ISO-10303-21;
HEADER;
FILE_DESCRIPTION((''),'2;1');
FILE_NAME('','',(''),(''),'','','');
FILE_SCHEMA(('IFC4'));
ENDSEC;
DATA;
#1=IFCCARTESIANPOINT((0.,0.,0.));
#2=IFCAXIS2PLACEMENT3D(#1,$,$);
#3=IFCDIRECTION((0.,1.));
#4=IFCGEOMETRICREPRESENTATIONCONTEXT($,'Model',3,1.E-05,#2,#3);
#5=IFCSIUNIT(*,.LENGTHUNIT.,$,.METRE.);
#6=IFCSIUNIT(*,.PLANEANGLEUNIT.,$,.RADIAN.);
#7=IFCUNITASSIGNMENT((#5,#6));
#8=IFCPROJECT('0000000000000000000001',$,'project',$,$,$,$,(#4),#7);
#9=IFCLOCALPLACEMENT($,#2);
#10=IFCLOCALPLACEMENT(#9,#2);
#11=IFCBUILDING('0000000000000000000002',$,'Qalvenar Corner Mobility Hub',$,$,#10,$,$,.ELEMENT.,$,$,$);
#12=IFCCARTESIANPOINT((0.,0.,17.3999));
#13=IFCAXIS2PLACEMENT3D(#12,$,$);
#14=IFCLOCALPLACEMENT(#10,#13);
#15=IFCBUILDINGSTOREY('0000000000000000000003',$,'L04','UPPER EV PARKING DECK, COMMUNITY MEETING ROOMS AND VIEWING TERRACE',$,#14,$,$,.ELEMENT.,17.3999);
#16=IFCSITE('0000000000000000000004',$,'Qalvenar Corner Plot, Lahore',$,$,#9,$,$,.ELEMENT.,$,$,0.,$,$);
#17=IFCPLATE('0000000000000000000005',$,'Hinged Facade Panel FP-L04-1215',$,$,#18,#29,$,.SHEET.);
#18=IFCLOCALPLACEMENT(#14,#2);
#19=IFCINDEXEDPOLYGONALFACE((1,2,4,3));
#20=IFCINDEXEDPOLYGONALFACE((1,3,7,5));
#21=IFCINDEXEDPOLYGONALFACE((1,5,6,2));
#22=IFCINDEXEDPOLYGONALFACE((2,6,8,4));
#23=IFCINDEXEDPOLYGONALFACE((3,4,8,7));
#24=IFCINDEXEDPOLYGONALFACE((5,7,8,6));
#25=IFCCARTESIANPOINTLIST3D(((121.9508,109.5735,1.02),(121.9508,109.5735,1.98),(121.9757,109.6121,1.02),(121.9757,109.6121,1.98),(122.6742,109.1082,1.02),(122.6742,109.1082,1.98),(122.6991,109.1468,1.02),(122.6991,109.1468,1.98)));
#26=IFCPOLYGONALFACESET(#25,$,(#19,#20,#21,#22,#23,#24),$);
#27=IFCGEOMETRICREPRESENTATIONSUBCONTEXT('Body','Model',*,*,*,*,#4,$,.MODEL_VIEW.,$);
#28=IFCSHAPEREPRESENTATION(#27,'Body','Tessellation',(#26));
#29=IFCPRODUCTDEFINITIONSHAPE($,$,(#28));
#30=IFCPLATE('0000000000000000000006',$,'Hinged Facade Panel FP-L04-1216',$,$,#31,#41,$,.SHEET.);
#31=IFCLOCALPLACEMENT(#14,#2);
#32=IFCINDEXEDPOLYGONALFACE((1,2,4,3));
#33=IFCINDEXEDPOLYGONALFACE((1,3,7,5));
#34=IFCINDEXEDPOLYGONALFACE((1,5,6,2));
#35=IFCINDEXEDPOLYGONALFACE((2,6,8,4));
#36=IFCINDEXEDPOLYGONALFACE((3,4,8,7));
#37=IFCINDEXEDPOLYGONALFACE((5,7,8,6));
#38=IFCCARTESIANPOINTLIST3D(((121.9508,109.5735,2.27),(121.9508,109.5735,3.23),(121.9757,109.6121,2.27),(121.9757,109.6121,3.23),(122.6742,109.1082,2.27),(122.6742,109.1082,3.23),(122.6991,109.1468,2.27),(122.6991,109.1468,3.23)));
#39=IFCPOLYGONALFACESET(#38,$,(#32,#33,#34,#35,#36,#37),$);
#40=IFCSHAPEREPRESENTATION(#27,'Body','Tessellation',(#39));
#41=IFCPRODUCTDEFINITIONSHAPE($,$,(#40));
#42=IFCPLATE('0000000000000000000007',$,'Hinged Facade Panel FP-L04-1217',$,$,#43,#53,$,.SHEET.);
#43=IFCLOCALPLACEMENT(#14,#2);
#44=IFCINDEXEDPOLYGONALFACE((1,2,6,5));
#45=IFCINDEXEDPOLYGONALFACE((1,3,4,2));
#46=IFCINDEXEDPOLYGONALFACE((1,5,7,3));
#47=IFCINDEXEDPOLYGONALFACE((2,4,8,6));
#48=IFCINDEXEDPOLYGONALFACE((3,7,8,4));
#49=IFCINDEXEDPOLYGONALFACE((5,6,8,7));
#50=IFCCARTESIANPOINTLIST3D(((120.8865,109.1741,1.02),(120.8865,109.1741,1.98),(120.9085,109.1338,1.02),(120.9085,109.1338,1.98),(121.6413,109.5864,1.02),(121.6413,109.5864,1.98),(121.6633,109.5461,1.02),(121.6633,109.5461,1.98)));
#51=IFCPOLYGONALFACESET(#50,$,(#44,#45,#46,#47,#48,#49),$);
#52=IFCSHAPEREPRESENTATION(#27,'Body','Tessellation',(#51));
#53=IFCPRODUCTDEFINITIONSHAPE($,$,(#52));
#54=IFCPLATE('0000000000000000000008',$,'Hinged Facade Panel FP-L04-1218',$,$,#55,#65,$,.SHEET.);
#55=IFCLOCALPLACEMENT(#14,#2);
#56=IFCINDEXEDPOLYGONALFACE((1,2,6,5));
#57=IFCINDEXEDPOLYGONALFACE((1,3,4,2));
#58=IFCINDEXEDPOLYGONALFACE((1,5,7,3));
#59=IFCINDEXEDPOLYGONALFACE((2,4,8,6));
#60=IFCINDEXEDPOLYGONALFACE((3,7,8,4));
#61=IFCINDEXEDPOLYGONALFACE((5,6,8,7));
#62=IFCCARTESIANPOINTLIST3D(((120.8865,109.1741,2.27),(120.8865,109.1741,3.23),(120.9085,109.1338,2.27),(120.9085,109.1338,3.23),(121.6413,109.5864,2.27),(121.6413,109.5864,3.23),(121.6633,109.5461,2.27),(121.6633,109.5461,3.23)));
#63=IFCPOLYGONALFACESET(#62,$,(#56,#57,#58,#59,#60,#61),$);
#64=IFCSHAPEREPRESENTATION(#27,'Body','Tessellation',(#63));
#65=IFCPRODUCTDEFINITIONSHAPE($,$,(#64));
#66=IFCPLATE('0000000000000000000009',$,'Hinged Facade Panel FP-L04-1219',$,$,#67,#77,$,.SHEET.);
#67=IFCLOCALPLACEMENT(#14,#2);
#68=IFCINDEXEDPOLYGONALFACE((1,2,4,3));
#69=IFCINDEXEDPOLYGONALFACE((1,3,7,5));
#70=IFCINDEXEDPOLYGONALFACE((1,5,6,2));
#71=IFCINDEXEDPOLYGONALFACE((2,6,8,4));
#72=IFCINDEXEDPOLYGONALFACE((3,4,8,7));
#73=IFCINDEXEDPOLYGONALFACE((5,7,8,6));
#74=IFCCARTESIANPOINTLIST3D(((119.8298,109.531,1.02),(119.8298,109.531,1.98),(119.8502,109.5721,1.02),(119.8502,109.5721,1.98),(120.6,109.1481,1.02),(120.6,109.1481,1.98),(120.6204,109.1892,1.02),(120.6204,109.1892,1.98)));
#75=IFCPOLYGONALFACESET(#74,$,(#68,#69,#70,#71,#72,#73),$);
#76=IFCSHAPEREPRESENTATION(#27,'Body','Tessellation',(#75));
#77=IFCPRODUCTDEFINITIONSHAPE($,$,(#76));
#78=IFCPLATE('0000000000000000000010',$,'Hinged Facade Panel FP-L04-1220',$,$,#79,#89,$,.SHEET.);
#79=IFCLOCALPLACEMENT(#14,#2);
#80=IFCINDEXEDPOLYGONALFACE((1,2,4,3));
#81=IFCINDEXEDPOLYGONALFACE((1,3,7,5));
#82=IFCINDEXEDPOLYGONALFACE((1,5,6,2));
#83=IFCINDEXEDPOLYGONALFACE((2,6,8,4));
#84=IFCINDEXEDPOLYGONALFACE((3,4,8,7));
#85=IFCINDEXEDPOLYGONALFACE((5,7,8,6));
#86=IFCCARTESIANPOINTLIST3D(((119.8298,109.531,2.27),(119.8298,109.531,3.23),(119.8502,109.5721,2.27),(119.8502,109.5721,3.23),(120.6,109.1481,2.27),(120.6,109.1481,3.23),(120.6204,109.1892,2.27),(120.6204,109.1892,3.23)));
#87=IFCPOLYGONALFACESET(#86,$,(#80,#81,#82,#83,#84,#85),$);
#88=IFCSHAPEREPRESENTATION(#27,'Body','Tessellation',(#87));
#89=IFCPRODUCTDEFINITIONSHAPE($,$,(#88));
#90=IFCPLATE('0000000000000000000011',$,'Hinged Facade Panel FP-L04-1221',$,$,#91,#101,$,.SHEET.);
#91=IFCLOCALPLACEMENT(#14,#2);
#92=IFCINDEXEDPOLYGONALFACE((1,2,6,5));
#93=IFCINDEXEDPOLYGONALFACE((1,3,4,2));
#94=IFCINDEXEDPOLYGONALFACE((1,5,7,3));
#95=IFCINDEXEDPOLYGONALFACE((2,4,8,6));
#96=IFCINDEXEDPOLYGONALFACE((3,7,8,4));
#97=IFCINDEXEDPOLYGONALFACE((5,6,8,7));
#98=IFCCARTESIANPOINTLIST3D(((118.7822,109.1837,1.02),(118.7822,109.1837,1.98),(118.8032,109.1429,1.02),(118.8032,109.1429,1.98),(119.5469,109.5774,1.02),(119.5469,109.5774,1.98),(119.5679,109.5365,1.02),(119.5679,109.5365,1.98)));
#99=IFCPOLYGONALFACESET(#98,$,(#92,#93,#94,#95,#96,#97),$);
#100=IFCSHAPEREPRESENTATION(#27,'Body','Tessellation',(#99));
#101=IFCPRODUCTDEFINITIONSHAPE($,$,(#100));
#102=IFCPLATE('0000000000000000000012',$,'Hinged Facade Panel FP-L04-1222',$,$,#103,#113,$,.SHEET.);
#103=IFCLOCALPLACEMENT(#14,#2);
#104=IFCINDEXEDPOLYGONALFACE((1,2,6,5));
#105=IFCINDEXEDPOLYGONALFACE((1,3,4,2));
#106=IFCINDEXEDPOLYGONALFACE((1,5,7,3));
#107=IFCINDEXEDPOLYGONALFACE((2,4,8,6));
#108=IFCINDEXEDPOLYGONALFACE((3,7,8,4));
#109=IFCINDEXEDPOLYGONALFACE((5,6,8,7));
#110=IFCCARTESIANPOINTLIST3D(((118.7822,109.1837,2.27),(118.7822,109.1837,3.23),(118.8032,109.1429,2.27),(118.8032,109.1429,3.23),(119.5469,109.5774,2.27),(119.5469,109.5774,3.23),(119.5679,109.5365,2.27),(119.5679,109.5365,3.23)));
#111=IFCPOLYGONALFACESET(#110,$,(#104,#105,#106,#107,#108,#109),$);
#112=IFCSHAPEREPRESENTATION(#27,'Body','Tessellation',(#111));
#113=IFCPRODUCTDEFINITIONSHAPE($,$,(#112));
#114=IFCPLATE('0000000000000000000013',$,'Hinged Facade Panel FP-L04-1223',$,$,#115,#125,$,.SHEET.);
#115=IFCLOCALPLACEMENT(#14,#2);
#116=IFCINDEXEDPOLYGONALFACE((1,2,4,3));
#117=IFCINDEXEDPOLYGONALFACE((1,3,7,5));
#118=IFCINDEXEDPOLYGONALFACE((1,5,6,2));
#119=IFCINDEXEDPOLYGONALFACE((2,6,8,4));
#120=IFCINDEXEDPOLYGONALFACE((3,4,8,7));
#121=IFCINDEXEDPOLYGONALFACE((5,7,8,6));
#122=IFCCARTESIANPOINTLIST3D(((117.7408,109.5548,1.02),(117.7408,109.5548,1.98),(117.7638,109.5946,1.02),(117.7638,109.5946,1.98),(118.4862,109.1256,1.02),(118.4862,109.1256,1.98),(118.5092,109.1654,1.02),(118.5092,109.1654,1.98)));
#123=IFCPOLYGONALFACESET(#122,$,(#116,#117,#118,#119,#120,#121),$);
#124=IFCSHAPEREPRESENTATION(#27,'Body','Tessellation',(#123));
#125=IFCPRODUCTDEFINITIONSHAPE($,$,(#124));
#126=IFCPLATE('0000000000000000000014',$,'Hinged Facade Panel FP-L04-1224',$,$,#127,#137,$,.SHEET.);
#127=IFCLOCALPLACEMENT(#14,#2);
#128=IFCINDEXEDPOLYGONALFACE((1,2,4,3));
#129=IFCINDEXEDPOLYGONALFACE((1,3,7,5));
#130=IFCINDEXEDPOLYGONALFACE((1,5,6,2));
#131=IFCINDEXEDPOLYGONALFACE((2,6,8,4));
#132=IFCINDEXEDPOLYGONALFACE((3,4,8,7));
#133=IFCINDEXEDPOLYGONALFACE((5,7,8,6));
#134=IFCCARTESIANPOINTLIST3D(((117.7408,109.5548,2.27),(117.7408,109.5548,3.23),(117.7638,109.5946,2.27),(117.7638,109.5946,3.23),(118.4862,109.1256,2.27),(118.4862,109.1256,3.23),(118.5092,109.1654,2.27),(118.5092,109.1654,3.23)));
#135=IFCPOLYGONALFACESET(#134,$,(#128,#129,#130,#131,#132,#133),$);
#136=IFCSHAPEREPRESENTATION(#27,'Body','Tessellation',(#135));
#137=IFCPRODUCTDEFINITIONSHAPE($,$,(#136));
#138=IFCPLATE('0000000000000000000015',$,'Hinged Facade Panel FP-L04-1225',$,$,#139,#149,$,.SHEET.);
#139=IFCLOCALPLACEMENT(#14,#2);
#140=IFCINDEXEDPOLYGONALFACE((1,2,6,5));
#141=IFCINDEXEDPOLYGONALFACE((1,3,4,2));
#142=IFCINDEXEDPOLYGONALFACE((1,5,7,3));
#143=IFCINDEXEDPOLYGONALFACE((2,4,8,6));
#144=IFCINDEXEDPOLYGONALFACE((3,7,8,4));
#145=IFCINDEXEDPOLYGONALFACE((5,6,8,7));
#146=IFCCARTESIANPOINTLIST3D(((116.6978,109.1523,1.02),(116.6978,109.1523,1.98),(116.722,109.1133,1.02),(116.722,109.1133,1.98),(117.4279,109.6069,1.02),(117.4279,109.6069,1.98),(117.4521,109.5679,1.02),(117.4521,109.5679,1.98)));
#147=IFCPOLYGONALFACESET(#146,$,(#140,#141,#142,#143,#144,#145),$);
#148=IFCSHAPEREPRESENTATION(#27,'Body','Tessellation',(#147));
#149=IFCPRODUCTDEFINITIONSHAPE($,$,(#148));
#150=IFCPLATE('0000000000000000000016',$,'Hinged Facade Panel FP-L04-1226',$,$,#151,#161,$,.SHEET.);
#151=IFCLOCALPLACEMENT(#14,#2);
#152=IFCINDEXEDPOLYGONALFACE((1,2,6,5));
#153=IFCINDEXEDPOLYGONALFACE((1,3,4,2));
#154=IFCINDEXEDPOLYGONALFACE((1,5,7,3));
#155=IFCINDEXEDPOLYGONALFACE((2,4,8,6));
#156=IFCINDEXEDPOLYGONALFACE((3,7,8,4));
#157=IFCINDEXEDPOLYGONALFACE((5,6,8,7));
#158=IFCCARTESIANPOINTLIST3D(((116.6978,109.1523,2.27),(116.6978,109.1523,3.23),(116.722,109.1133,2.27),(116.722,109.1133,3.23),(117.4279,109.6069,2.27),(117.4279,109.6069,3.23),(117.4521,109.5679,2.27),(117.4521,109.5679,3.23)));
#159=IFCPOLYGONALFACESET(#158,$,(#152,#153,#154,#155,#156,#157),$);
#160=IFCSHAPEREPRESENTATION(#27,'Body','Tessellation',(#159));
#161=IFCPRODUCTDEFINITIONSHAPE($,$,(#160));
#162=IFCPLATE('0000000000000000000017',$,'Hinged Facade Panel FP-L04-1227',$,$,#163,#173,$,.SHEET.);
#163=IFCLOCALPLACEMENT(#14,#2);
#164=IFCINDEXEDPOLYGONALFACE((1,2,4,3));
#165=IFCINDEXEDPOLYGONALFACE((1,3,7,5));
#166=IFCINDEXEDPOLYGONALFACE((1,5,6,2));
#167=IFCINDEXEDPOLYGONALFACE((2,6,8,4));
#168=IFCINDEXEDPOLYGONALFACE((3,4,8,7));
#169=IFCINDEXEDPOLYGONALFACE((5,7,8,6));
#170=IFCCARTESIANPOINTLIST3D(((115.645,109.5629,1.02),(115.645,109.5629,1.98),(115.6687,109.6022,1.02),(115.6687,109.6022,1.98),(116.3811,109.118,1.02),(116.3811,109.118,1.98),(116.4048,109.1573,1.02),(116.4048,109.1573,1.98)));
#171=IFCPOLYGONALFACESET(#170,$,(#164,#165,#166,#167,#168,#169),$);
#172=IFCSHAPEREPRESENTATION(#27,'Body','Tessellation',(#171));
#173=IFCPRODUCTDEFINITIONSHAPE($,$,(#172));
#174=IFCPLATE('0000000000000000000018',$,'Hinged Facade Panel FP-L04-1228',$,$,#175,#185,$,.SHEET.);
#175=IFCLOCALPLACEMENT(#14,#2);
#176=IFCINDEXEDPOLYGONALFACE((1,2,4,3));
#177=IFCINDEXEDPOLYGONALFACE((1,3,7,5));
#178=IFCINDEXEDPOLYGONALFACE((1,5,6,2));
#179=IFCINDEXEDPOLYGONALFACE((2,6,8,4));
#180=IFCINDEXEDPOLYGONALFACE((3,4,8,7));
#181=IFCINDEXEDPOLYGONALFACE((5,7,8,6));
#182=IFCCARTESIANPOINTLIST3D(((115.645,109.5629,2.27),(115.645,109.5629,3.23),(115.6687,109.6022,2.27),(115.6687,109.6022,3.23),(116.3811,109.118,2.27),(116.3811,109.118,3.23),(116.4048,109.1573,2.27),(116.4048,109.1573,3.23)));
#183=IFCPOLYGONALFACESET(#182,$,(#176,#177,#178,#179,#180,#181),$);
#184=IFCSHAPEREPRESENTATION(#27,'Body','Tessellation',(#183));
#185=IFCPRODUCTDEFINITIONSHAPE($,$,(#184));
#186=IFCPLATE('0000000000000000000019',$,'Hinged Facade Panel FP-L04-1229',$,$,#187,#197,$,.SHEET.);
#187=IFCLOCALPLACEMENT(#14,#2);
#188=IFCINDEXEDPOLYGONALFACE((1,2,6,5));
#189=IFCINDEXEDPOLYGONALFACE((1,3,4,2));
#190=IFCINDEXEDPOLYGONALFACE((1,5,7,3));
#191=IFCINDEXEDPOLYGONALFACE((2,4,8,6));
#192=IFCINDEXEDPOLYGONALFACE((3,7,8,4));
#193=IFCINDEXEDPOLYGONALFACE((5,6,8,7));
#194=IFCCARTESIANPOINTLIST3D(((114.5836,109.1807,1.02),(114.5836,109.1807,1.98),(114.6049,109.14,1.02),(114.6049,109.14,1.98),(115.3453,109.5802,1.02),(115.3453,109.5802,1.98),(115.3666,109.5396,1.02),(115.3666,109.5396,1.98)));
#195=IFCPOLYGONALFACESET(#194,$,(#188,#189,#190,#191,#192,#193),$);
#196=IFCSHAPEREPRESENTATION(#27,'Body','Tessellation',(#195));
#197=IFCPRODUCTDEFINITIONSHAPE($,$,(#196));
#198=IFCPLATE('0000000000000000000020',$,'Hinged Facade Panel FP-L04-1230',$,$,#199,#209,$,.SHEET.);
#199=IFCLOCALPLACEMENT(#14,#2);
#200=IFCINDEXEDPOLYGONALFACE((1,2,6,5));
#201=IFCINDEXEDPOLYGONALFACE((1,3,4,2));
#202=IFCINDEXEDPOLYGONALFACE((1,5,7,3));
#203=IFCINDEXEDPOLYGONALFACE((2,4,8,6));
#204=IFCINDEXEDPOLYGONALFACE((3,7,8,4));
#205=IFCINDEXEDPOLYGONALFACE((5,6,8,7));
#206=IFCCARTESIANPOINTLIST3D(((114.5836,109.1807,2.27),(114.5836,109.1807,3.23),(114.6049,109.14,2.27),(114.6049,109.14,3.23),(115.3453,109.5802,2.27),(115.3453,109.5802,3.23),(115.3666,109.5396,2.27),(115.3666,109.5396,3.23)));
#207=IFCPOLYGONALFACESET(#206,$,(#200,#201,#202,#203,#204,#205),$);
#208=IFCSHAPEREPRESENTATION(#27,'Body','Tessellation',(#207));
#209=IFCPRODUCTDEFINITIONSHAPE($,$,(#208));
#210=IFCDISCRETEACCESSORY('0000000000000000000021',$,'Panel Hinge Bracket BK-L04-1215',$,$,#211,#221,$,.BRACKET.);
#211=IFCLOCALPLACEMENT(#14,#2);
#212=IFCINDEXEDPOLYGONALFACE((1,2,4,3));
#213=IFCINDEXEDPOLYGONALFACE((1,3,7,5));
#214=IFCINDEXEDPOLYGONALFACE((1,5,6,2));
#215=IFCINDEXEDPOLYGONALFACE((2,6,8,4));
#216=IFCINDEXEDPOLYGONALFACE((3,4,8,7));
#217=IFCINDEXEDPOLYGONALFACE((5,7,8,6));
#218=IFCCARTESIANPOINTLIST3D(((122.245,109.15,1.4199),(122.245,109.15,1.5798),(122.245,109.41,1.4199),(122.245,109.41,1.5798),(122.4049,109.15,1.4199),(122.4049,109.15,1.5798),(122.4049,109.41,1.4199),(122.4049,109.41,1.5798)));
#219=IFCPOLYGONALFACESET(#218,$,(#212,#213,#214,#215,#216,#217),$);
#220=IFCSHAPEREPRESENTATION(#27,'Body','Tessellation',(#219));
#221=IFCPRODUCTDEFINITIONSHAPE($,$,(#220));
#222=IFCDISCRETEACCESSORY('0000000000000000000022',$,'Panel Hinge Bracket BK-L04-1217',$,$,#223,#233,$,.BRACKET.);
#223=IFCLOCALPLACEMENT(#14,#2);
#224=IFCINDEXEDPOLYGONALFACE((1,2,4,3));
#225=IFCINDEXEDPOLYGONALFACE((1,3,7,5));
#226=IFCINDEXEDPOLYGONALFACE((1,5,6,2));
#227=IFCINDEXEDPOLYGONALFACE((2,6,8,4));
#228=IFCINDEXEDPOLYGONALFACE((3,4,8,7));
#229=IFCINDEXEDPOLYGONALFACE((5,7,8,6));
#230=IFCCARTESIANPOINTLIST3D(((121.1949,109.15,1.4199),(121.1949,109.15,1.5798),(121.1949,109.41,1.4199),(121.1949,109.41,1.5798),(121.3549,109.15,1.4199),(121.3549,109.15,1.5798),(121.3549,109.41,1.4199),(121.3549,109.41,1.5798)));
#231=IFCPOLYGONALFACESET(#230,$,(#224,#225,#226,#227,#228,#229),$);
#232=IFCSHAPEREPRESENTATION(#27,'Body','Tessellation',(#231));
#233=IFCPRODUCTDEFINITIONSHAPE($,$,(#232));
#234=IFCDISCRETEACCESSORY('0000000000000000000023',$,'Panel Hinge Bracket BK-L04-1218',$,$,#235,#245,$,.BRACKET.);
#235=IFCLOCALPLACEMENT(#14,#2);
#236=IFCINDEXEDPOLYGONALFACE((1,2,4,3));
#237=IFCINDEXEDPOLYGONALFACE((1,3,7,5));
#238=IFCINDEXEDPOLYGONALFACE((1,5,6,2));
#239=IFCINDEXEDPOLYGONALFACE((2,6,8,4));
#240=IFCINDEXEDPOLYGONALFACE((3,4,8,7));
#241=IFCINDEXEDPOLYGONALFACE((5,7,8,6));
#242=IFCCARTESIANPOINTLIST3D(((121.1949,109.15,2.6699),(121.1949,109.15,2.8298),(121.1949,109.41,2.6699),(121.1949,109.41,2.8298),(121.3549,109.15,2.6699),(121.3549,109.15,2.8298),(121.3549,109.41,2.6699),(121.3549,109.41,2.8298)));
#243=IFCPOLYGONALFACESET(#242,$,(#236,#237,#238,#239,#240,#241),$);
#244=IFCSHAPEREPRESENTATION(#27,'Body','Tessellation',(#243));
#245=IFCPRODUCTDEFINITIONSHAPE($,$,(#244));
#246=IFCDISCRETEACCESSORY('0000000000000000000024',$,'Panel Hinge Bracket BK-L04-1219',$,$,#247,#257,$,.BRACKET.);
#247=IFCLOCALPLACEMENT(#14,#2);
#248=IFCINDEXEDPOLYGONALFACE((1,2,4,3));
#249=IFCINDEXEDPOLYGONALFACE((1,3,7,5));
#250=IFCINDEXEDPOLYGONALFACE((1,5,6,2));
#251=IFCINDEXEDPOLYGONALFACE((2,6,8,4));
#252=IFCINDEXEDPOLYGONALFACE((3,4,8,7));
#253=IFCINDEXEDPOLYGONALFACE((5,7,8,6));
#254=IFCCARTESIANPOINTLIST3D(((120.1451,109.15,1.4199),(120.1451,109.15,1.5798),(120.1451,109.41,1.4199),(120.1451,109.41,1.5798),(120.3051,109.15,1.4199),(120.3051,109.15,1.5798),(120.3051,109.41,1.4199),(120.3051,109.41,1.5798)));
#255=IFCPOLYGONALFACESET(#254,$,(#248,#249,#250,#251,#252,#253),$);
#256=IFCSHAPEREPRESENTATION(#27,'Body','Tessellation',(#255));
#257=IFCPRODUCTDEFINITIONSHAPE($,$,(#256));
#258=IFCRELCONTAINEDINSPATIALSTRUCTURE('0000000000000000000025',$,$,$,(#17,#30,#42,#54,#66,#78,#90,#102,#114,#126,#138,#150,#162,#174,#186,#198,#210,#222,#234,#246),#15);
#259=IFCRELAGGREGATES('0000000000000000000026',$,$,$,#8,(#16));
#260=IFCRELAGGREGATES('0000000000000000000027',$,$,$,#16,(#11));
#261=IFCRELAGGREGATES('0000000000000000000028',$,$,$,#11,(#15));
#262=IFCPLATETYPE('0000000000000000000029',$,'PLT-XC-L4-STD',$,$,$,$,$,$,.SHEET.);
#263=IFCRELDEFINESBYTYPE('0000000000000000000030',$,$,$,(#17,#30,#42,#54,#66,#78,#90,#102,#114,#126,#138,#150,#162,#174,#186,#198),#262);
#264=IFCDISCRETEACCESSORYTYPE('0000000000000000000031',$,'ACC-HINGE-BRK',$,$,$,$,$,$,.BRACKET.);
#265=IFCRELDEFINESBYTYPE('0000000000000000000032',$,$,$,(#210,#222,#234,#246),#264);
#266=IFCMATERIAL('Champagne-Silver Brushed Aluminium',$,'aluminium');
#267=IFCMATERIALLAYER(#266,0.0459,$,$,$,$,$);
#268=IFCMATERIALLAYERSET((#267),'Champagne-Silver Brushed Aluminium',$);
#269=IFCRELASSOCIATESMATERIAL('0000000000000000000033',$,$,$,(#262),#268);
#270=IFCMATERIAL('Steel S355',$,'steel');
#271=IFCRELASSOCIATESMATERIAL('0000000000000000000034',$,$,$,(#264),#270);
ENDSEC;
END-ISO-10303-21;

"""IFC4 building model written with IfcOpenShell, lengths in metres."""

from ifc_helpers import new_model, si_unit, direction, frame, origin, origin_2d, place, context, subcontext, project, spatial, rectangle, extrude, material, layer, layer_set, type_object, element, save


model = new_model("IFC4")

# Units and contexts
model_context = context("Model", 3, precision=1e-05, world=origin(), true_north=direction((0.0, 1.0)))
body_context = subcontext(model_context, "Body", "Model", "MODEL_VIEW")
ifc_project = project(units=[si_unit("LENGTHUNIT", "METRE"), si_unit("PLANEANGLEUNIT", "RADIAN")], contexts=[model_context])

# Site, building, storey
site_placement = place(None, origin())
site = spatial("IfcSite", under=ifc_project, at=site_placement, Name="Qalvenar Corner Plot, Lahore", CompositionType="ELEMENT", RefElevation=0.0)
building_placement = place(site_placement, origin())
building = spatial("IfcBuilding", under=site, at=building_placement, Name="Qalvenar Corner Mobility Hub", CompositionType="ELEMENT")
storey_placement = place(building_placement, frame((0.0, 0.0, 17.3999)))
storey = spatial("IfcBuildingStorey", under=building, at=storey_placement, Name="L04", Description="UPPER EV PARKING DECK, COMMUNITY MEETING ROOMS AND VIEWING TERRACE", CompositionType="ELEMENT", Elevation=17.3999)

# Plates
ifc_material_1 = material(Name="Champagne-Silver Brushed Aluminium", Category="aluminium")
ifc_layer = layer(ifc_material_1, 0.0459)
ifc_layer_set = layer_set([ifc_layer], Name="Champagne-Silver Brushed Aluminium")
plate_type = type_object("IfcPlateType", Name="PLT-XC-L4-STD", PredefinedType="SHEET", material=ifc_layer_set)
for number, where, z_axis, x_axis, name in (
    (1, (122.325, 109.3601, 1.02), (0.0, 0.0, 1.0), (-0.841039, 0.540974, 0.0), "Hinged Facade Panel FP-L04-1215"),
    (2, (122.325, 109.3601, 2.27), (0.0, 0.0, 1.0), (-0.841039, 0.540974, 0.0), "Hinged Facade Panel FP-L04-1216"),
    (3, (121.2749, 109.3601, 1.02), (0.0, 0.0, 1.0), (-0.877649, -0.479305, 0.0), "Hinged Facade Panel FP-L04-1217"),
    (4, (121.2749, 109.3601, 2.27), (0.0, 0.0, 1.0), (-0.877649, -0.479305, 0.0), "Hinged Facade Panel FP-L04-1218"),
    (5, (120.2251, 109.3601, 1.02), (0.0, 0.0, 1.0), (-0.895479, 0.445104, 0.0), "Hinged Facade Panel FP-L04-1219"),
    (6, (120.2251, 109.3601, 2.27), (0.0, 0.0, 1.0), (-0.895479, 0.445104, 0.0), "Hinged Facade Panel FP-L04-1220"),
    (7, (119.175, 109.3601, 1.02), (0.0, 0.0, 1.0), (-0.889097, -0.457719, 0.0), "Hinged Facade Panel FP-L04-1221"),
    (8, (119.175, 109.3601, 2.27), (0.0, 0.0, 1.0), (-0.889097, -0.457719, 0.0), "Hinged Facade Panel FP-L04-1222"),
    (9, (118.125, 109.3601, 1.02), (0.0, 0.0, 1.0), (-0.866636, 0.498942, 0.0), "Hinged Facade Panel FP-L04-1223"),
    (10, (118.125, 109.3601, 2.27), (0.0, 0.0, 1.0), (-0.866636, 0.498942, 0.0), "Hinged Facade Panel FP-L04-1224"),
    (11, (117.075, 109.3601, 1.02), (0.0, 0.0, 1.0), (-0.848879, -0.528587, 0.0), "Hinged Facade Panel FP-L04-1225"),
    (12, (117.075, 109.3601, 2.27), (0.0, 0.0, 1.0), (-0.848879, -0.528587, 0.0), "Hinged Facade Panel FP-L04-1226"),
    (13, (116.0249, 109.3601, 1.02), (0.0, 0.0, 1.0), (-0.855816, 0.51728, 0.0), "Hinged Facade Panel FP-L04-1227"),
    (14, (116.0249, 109.3601, 2.27), (0.0, 0.0, 1.0), (-0.855816, 0.51728, 0.0), "Hinged Facade Panel FP-L04-1228"),
    (15, (114.9751, 109.3601, 1.02), (0.0, 0.0, 1.0), (-0.885556, -0.464533, 0.0), "Hinged Facade Panel FP-L04-1229"),
    (16, (114.9751, 109.3601, 2.27), (0.0, 0.0, 1.0), (-0.885556, -0.464533, 0.0), "Hinged Facade Panel FP-L04-1230"),
):
    element("IfcPlate", number, at=place(storey_placement, frame(where, z_axis=z_axis, x_axis=x_axis)), inside=storey, type_object=plate_type, Name=name, PredefinedType="SHEET", context=body_context, shape_type="SweptSolid", body=[
        extrude(rectangle(XDim=0.8601, YDim=0.0459, at=origin_2d()), origin(), (0.0, 0.0, 1.0), 0.96),
    ])

# Discrete accessories
ifc_material_2 = material(Name="Steel S355", Category="steel")
discrete_accessory_type = type_object("IfcDiscreteAccessoryType", Name="ACC-HINGE-BRK", PredefinedType="BRACKET", material=ifc_material_2)
for number, where, z_axis, x_axis, name in (
    (17, (122.325, 109.28, 1.4199), (0.0, 0.0, 1.0), (-1.0, 0.0, 0.0), "Panel Hinge Bracket BK-L04-1215"),
    (18, (121.2749, 109.28, 1.4199), (0.0, 0.0, 1.0), (-1.0, 0.0, 0.0), "Panel Hinge Bracket BK-L04-1217"),
    (19, (121.2749, 109.28, 2.6699), (0.0, 0.0, 1.0), (-1.0, 0.0, 0.0), "Panel Hinge Bracket BK-L04-1218"),
    (20, (120.2251, 109.28, 1.4199), (0.0, 0.0, 1.0), (-1.0, 0.0, 0.0), "Panel Hinge Bracket BK-L04-1219"),
):
    element("IfcDiscreteAccessory", number, at=place(storey_placement, frame(where, z_axis=z_axis, x_axis=x_axis)), inside=storey, type_object=discrete_accessory_type, Name=name, PredefinedType="BRACKET", context=body_context, shape_type="SweptSolid", body=[
        extrude(rectangle(XDim=0.1599, YDim=0.26, at=origin_2d()), origin(), (0.0, 0.0, 1.0), 0.1599),
    ])

save(model, "model.ifc")
